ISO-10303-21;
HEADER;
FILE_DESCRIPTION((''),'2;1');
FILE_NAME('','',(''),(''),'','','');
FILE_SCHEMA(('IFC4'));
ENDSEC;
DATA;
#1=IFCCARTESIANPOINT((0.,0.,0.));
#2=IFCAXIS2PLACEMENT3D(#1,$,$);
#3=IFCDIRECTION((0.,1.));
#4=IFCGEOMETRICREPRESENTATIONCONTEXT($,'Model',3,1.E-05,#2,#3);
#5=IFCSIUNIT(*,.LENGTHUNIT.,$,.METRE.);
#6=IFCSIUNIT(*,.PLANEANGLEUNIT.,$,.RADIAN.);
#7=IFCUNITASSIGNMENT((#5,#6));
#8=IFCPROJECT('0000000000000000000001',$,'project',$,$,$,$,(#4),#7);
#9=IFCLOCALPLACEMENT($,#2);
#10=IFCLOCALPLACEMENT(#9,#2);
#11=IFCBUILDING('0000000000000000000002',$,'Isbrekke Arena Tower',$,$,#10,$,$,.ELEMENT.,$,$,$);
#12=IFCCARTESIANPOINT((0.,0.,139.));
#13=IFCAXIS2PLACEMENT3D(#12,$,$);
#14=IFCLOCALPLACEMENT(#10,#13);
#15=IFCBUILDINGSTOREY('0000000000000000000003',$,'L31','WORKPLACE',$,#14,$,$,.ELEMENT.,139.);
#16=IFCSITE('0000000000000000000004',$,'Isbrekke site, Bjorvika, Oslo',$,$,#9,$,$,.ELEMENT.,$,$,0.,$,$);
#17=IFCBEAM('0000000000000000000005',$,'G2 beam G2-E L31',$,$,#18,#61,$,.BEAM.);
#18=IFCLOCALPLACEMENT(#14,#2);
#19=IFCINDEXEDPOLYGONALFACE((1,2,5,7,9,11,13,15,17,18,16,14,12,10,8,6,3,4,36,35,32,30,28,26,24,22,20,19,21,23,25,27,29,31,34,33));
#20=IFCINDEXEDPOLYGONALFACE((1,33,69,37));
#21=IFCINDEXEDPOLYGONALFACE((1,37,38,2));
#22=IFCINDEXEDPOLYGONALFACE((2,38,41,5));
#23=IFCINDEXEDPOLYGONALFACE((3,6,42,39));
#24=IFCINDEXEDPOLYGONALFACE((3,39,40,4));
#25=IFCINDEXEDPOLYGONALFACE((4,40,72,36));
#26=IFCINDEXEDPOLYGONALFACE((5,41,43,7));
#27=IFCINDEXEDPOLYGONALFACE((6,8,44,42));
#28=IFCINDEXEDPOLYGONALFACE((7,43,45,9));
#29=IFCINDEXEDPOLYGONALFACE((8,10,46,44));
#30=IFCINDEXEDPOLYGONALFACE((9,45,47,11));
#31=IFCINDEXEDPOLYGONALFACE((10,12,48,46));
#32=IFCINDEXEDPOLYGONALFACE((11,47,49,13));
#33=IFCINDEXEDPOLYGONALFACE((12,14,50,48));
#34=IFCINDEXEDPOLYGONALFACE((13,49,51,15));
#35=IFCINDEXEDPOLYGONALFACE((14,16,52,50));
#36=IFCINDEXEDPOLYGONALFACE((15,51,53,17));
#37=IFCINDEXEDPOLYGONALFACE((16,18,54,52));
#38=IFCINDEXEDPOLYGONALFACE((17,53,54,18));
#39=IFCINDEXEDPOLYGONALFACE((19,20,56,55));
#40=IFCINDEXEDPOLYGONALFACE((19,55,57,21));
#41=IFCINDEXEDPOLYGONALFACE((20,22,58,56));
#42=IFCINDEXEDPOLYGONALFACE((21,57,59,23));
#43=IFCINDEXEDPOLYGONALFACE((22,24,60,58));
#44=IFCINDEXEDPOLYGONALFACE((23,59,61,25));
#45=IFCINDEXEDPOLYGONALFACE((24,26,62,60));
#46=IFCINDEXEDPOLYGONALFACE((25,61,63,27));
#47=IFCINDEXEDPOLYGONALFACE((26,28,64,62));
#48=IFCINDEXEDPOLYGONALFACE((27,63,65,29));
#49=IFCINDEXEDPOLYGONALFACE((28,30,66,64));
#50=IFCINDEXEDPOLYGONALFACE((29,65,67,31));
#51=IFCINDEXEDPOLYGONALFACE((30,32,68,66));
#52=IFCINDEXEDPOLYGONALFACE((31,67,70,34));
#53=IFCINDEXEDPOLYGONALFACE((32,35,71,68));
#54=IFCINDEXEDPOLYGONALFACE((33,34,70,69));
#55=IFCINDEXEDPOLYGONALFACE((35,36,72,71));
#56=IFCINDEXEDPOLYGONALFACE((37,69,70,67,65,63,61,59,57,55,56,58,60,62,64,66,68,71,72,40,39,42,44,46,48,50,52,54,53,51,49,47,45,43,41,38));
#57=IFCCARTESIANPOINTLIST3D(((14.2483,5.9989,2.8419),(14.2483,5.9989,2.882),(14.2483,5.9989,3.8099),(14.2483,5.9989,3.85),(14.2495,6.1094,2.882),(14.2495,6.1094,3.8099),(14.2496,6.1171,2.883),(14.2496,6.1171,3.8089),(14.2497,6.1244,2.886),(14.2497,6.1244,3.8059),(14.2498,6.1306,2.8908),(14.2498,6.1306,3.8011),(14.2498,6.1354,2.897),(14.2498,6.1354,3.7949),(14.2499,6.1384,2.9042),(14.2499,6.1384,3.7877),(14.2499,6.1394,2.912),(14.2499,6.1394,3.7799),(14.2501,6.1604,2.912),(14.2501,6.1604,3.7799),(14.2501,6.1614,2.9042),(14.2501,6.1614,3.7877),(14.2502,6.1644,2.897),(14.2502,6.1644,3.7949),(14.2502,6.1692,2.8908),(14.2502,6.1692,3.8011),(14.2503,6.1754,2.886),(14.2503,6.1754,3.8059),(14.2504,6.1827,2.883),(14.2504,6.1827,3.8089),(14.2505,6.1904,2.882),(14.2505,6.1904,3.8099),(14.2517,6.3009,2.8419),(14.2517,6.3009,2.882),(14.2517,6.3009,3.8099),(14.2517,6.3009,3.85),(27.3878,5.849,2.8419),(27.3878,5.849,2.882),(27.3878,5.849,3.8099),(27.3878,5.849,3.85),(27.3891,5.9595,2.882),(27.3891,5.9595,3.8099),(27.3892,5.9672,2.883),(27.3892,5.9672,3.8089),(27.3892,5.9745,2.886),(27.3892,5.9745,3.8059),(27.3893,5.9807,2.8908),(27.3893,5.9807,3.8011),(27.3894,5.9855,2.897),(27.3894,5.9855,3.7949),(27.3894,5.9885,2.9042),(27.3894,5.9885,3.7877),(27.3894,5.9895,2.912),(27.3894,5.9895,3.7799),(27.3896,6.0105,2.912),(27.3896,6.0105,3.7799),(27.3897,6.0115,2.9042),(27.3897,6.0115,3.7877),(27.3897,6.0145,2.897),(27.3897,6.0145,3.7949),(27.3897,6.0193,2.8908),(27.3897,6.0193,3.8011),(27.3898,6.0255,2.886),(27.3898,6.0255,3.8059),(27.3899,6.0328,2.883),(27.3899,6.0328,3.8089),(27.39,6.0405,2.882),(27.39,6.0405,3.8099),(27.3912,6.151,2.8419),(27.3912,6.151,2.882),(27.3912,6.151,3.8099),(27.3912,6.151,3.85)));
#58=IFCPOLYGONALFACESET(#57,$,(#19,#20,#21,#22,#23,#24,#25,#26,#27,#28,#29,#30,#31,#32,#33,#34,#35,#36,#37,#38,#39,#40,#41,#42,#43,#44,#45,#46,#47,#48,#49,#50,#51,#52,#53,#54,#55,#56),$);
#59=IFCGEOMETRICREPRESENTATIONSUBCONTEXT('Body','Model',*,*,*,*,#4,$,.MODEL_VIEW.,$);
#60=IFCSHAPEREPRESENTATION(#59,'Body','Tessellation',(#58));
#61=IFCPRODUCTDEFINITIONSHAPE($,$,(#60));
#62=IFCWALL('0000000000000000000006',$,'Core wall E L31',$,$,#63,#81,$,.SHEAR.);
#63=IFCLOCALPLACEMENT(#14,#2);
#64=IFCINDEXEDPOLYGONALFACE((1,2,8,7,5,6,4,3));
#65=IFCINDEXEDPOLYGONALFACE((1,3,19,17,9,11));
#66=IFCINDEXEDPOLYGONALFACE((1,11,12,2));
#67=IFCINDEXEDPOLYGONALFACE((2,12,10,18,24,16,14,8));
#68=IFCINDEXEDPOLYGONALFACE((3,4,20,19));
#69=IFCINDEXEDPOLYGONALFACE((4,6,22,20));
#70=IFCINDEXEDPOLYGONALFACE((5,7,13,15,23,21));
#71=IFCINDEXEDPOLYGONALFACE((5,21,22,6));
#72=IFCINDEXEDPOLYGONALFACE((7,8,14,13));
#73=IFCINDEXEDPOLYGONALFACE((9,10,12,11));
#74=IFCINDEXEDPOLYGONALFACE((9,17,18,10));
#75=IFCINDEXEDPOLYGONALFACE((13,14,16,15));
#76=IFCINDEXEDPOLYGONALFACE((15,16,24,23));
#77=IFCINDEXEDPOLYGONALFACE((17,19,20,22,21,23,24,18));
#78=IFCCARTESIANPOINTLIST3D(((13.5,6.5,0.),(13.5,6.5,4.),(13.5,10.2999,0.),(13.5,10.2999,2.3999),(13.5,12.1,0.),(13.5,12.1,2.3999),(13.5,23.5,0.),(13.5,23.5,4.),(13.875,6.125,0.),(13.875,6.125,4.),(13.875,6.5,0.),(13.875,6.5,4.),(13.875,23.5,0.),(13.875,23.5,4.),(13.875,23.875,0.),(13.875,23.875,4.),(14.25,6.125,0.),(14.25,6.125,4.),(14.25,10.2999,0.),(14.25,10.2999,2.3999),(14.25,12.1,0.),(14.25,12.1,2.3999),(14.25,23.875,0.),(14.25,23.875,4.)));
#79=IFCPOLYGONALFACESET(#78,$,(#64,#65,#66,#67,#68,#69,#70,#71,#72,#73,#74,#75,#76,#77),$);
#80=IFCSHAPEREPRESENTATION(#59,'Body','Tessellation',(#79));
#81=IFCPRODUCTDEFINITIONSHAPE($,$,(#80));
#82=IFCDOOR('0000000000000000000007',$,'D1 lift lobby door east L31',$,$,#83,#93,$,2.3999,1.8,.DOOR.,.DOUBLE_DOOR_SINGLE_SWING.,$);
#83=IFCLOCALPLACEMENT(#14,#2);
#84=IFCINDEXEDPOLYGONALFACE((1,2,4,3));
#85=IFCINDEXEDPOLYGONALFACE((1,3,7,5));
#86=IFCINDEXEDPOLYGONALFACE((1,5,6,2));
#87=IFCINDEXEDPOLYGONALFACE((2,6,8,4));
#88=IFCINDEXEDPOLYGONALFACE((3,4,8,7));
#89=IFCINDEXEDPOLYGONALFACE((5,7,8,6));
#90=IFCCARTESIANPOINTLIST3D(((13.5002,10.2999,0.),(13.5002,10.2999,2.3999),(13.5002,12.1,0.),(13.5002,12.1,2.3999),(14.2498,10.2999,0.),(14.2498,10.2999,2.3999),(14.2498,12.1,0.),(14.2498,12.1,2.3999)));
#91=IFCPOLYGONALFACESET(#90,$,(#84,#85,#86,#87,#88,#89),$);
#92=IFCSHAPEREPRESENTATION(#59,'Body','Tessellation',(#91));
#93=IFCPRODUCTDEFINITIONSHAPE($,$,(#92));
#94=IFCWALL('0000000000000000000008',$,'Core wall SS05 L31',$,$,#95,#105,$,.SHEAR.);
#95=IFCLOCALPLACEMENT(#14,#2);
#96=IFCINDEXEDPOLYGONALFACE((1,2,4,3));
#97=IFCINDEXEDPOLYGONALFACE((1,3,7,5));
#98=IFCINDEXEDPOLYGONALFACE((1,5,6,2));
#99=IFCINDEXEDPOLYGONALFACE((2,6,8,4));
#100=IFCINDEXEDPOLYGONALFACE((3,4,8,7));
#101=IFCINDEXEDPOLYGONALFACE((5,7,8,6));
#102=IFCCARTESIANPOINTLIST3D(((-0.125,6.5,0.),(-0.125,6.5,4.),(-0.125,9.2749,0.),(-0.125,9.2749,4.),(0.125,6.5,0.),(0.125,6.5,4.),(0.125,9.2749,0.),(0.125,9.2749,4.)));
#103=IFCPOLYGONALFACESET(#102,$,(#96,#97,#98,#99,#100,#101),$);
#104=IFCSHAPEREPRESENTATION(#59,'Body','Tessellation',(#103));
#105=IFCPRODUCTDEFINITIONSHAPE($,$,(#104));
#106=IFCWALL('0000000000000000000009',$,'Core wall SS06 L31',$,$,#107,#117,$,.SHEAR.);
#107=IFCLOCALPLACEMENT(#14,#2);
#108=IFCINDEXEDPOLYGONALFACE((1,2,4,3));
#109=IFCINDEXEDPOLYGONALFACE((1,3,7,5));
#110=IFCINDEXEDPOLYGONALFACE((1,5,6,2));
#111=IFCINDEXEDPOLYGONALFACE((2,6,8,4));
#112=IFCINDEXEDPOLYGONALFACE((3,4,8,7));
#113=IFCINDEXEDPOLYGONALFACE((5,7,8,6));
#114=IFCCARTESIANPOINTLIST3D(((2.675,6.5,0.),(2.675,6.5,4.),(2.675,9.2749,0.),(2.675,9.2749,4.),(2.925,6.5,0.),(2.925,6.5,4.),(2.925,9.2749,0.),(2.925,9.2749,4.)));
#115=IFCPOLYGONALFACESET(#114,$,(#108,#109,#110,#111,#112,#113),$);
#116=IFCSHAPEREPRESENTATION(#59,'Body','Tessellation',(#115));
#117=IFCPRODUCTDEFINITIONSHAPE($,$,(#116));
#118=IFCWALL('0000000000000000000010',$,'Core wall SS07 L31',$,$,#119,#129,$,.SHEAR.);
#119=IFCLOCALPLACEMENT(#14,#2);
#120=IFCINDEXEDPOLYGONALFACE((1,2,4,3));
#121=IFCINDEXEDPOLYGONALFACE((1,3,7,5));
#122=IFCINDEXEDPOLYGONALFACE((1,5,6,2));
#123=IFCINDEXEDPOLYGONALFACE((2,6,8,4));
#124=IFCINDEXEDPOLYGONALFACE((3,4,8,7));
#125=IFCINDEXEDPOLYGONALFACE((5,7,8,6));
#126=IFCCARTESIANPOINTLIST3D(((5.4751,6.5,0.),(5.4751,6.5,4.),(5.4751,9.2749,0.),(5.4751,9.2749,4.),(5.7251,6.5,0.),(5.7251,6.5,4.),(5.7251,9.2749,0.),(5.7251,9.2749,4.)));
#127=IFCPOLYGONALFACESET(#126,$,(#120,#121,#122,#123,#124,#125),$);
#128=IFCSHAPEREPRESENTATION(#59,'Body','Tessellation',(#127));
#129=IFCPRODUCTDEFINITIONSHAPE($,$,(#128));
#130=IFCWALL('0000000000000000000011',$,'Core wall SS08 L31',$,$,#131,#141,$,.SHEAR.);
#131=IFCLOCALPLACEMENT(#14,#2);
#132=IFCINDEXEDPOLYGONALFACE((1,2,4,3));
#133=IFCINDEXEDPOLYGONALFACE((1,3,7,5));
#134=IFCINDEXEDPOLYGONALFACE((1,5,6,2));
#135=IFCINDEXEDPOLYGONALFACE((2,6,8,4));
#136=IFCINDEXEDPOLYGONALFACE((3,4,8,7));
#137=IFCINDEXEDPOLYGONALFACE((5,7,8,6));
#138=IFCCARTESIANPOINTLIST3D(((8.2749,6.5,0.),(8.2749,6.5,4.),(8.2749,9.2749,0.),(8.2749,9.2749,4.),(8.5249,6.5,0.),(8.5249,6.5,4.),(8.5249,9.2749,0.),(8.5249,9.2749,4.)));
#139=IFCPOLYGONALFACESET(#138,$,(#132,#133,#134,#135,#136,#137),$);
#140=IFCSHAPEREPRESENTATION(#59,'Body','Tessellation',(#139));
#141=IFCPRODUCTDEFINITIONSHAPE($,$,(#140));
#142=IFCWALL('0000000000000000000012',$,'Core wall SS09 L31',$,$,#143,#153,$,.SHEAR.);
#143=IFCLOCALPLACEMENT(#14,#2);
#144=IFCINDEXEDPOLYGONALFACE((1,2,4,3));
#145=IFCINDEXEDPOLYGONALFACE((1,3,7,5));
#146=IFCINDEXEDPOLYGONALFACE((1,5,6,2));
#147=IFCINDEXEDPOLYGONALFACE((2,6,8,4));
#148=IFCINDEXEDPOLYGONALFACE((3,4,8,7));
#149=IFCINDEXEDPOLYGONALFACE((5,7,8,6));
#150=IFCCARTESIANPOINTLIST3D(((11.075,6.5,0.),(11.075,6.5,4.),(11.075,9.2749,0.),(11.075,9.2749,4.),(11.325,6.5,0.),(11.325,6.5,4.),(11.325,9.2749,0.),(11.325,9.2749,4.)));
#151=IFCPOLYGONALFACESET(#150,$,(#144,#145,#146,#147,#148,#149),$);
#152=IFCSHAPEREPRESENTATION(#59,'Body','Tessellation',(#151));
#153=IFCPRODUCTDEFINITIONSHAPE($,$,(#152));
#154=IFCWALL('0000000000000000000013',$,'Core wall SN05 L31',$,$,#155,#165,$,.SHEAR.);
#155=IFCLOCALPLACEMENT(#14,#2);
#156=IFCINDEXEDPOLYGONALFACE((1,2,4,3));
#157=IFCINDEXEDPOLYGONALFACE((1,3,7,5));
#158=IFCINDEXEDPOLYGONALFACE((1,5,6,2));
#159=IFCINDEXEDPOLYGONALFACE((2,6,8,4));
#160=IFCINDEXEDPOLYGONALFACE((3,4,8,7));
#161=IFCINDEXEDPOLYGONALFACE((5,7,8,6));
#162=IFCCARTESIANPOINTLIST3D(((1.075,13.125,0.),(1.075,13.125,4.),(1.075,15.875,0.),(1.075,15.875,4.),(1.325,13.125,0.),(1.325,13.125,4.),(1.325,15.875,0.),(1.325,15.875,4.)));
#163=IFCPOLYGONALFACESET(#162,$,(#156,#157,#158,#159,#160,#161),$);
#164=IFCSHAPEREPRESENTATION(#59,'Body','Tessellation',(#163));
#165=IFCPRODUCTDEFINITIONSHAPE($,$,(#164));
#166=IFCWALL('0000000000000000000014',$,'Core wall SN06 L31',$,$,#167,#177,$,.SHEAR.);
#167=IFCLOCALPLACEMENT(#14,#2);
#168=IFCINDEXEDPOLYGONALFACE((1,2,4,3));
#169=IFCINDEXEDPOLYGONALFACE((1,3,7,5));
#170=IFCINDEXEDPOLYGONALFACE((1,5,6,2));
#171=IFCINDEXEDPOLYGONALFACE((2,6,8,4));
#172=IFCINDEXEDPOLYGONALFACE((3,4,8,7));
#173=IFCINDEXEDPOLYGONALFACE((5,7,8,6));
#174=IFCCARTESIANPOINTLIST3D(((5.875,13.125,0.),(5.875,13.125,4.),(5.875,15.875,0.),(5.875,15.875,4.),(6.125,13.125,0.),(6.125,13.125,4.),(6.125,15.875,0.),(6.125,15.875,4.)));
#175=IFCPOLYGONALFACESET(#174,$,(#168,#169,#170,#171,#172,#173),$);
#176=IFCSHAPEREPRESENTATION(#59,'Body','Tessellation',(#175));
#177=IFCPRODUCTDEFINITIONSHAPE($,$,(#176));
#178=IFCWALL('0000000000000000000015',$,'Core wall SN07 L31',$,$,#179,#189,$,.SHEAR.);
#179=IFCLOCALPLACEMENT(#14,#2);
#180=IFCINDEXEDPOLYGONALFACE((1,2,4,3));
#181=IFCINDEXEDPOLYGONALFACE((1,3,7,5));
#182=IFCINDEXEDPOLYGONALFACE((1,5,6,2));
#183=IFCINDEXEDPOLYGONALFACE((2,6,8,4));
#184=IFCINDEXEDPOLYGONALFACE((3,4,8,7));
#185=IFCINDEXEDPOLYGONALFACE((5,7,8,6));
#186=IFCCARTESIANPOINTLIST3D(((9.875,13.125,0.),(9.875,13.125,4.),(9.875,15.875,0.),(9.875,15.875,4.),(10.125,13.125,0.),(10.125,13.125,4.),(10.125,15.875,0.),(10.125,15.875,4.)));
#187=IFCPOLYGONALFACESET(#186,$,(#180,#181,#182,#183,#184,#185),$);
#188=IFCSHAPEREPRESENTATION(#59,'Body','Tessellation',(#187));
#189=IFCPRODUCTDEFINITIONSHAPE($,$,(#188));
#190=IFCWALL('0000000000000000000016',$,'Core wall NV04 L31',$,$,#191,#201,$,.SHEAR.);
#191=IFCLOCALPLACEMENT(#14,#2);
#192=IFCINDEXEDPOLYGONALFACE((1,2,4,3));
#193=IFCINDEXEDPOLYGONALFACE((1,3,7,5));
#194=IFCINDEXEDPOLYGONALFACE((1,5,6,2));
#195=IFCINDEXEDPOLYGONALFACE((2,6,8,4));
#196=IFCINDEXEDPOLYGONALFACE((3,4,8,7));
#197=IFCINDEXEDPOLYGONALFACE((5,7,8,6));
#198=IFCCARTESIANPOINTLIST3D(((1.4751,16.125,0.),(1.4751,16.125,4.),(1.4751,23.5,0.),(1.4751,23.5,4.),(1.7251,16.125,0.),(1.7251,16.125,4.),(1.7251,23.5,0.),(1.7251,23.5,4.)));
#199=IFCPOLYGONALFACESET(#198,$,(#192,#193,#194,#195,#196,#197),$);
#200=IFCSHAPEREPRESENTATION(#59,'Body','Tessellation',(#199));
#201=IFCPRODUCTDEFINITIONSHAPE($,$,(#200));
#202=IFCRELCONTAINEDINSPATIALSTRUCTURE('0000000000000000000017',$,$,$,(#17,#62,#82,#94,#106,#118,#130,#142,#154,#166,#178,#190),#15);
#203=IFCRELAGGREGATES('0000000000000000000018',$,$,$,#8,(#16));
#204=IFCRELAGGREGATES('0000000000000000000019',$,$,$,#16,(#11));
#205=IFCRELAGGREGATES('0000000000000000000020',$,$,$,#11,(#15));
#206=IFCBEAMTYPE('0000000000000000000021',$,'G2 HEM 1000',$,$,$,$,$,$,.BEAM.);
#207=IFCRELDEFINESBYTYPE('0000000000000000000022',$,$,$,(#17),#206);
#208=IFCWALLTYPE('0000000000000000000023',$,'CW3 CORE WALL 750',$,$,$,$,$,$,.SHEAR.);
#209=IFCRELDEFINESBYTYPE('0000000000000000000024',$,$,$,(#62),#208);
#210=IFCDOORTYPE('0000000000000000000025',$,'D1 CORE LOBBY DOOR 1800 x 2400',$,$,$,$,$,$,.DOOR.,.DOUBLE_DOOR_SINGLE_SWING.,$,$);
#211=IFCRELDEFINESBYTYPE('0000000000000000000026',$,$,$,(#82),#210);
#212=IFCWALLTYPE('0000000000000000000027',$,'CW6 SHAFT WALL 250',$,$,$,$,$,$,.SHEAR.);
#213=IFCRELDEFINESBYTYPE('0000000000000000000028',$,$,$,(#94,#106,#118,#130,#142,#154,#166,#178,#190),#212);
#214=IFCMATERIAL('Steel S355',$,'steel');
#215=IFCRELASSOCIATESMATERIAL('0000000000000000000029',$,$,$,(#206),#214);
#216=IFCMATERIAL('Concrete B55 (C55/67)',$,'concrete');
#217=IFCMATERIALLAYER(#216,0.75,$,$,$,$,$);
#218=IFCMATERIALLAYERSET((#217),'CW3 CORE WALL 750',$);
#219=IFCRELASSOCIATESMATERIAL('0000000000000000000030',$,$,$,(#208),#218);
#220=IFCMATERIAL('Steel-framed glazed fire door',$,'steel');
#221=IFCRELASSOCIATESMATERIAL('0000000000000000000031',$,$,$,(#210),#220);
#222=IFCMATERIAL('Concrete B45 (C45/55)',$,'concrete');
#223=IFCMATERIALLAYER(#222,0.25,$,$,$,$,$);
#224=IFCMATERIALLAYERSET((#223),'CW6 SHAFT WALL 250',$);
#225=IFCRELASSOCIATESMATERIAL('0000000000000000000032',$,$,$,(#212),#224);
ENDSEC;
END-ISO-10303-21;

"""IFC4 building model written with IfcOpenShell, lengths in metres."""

from ifc_helpers import new_model, si_unit, direction, frame, frame_2d, origin, origin_2d, place, context, subcontext, project, spatial, polyline, rectangle, i_section, outline, extrude, material, layer, layer_set, material_profile, profile_set, type_object, element, fill, save


model = new_model("IFC4")

# Units and contexts
model_context = context("Model", 3, precision=1e-05, world=origin(), true_north=direction((0.0, 1.0)))
body_context = subcontext(model_context, "Body", "Model", "MODEL_VIEW")
ifc_project = project(units=[si_unit("LENGTHUNIT", "METRE"), si_unit("PLANEANGLEUNIT", "RADIAN")], contexts=[model_context])

# Site, building, storey
site_placement = place(None, origin())
site = spatial("IfcSite", under=ifc_project, at=site_placement, Name="Isbrekke site, Bjorvika, Oslo", CompositionType="ELEMENT", RefElevation=0.0)
building_placement = place(site_placement, origin())
building = spatial("IfcBuilding", under=site, at=building_placement, Name="Isbrekke Arena Tower", CompositionType="ELEMENT")
storey_placement = place(building_placement, frame((0.0, 0.0, 139.0)))
storey = spatial("IfcBuildingStorey", under=building, at=storey_placement, Name="L31", Description="WORKPLACE", CompositionType="ELEMENT", Elevation=139.0)

# Beam
ifc_material_1 = material(Name="Steel S355", Category="steel")
ifc_material_profile = material_profile(ifc_material_1, i_section(OverallWidth=0.302, OverallDepth=1.0081, WebThickness=0.021, FlangeThickness=0.04, FilletRadius=0.03, at=origin_2d()), Name="HEM 1000")
ifc_profile_set = profile_set([ifc_material_profile], Name="Steel S355")
beam_type = type_object("IfcBeamType", Name="G2 HEM 1000", PredefinedType="BEAM", material=ifc_profile_set)
beam_placement = place(storey_placement, frame((14.25, 6.1499, 3.3459), z_axis=(0.999935, -0.011408, 0.0), x_axis=(0.011408, 0.999935, 0.0)))
element("IfcBeam", 1, at=beam_placement, inside=storey, type_object=beam_type, Name="G2 beam G2-E L31", PredefinedType="BEAM", context=body_context, shape_type="SweptSolid", body=[
    extrude(i_section(OverallWidth=0.302, OverallDepth=1.0081, WebThickness=0.021, FlangeThickness=0.04, FilletRadius=0.03, at=origin_2d()), origin(), (0.0, 0.0, 1.0), 13.1404),
])

# Wall, opening, door
ifc_material_2 = material(Name="Concrete B55 (C55/67)", Category="concrete")
ifc_layer_1 = layer(ifc_material_2, 0.75)
ifc_layer_set_1 = layer_set([ifc_layer_1], Name="CW3 CORE WALL 750")
wall_type_1 = type_object("IfcWallType", Name="CW3 CORE WALL 750", PredefinedType="SHEAR", material=ifc_layer_set_1)
wall_1_placement = place(storey_placement, frame((13.875, 6.125, 0.0), z_axis=(0.0, 0.0, 1.0), x_axis=(0.0, 1.0, 0.0)))
wall_1 = element("IfcWall", 2, at=wall_1_placement, inside=storey, type_object=wall_type_1, Name="Core wall E L31", PredefinedType="SHEAR", context=body_context, shape_type="SweptSolid", body=[
    extrude(outline(polyline([(0.0, -0.375), (17.75, -0.375), (17.75, 0.0), (17.375, 0.0), (17.375, 0.375), (0.375, 0.375), (0.375, 0.0), (0.0, 0.0), (0.0, -0.375)])), origin(), (0.0, 0.0, 1.0), 4.0),
])
opening_1_placement = place(wall_1_placement, frame((4.175, 0.0, 0.0)))
opening_1 = element("IfcOpeningElement", 3, at=opening_1_placement, cuts=wall_1, PredefinedType="OPENING", context=body_context, shape_type="SweptSolid", body=[
    extrude(rectangle(XDim=1.8, YDim=2.3999, at=frame_2d((0.8999, 1.2))), frame((0.0, 0.3899, 0.0), z_axis=(0.0, -1.0, 0.0), x_axis=(1.0, 0.0, 0.0)), (0.0, 0.0, 1.0), 0.7798),
])
ifc_material_3 = material(Name="Steel-framed glazed fire door", Category="steel")
door_type_1 = type_object("IfcDoorType", Name="D1 CORE LOBBY DOOR 1800 x 2400", OperationType="DOUBLE_DOOR_SINGLE_SWING", PredefinedType="DOOR", material=ifc_material_3)
door_1_placement = place(opening_1_placement, origin())
door_1 = element("IfcDoor", 4, at=door_1_placement, inside=storey, type_object=door_type_1, Name="D1 lift lobby door east L31", OperationType="DOUBLE_DOOR_SINGLE_SWING", OverallHeight=2.3999, OverallWidth=1.8, PredefinedType="DOOR", context=body_context, shape_type="SweptSolid", body=[
    extrude(rectangle(XDim=1.8, YDim=2.3999, at=frame_2d((0.8999, 1.2))), frame((0.0, 0.3748, 0.0), z_axis=(0.0, -1.0, 0.0), x_axis=(1.0, 0.0, 0.0)), (0.0, 0.0, 1.0), 0.7495),
])
fill(opening_1, door_1)

# Walls
ifc_material_4 = material(Name="Concrete B45 (C45/55)", Category="concrete")
ifc_layer_2 = layer(ifc_material_4, 0.25)
ifc_layer_set_2 = layer_set([ifc_layer_2], Name="CW6 SHAFT WALL 250")
wall_type_2 = type_object("IfcWallType", Name="CW6 SHAFT WALL 250", PredefinedType="SHEAR", material=ifc_layer_set_2)
for number, where, z_axis, x_axis, name in (
    (5, (0.0, 6.5, 0.0), (0.0, 0.0, 1.0), (0.0, 1.0, 0.0), "Core wall SS05 L31"),
    (6, (2.8, 6.5, 0.0), (0.0, 0.0, 1.0), (0.0, 1.0, 0.0), "Core wall SS06 L31"),
    (7, (5.6001, 6.5, 0.0), (0.0, 0.0, 1.0), (0.0, 1.0, 0.0), "Core wall SS07 L31"),
    (8, (8.3999, 6.5, 0.0), (0.0, 0.0, 1.0), (0.0, 1.0, 0.0), "Core wall SS08 L31"),
    (9, (11.2, 6.5, 0.0), (0.0, 0.0, 1.0), (0.0, 1.0, 0.0), "Core wall SS09 L31"),
):
    element("IfcWall", number, at=place(storey_placement, frame(where, z_axis=z_axis, x_axis=x_axis)), inside=storey, type_object=wall_type_2, Name=name, PredefinedType="SHEAR", context=body_context, shape_type="SweptSolid", body=[
        extrude(rectangle(XDim=2.7749, YDim=0.25, at=frame_2d((1.3875, 0.0))), origin(), (0.0, 0.0, 1.0), 4.0),
    ])
for number, where, z_axis, x_axis, name in (
    (10, (1.2, 13.125, 0.0), (0.0, 0.0, 1.0), (0.0, 1.0, 0.0), "Core wall SN05 L31"),
    (11, (6.0, 13.125, 0.0), (0.0, 0.0, 1.0), (0.0, 1.0, 0.0), "Core wall SN06 L31"),
    (12, (10.0, 13.125, 0.0), (0.0, 0.0, 1.0), (0.0, 1.0, 0.0), "Core wall SN07 L31"),
):
    element("IfcWall", number, at=place(storey_placement, frame(where, z_axis=z_axis, x_axis=x_axis)), inside=storey, type_object=wall_type_2, Name=name, PredefinedType="SHEAR", context=body_context, shape_type="SweptSolid", body=[
        extrude(rectangle(XDim=2.75, YDim=0.25, at=frame_2d((1.375, 0.0))), origin(), (0.0, 0.0, 1.0), 4.0),
    ])
wall_2_placement = place(storey_placement, frame((1.6001, 16.125, 0.0), z_axis=(0.0, 0.0, 1.0), x_axis=(0.0, 1.0, 0.0)))
element("IfcWall", 13, at=wall_2_placement, inside=storey, type_object=wall_type_2, Name="Core wall NV04 L31", PredefinedType="SHEAR", context=body_context, shape_type="SweptSolid", body=[
    extrude(rectangle(XDim=7.375, YDim=0.25, at=frame_2d((3.6875, 0.0))), origin(), (0.0, 0.0, 1.0), 4.0),
])

save(model, "model.ifc")
